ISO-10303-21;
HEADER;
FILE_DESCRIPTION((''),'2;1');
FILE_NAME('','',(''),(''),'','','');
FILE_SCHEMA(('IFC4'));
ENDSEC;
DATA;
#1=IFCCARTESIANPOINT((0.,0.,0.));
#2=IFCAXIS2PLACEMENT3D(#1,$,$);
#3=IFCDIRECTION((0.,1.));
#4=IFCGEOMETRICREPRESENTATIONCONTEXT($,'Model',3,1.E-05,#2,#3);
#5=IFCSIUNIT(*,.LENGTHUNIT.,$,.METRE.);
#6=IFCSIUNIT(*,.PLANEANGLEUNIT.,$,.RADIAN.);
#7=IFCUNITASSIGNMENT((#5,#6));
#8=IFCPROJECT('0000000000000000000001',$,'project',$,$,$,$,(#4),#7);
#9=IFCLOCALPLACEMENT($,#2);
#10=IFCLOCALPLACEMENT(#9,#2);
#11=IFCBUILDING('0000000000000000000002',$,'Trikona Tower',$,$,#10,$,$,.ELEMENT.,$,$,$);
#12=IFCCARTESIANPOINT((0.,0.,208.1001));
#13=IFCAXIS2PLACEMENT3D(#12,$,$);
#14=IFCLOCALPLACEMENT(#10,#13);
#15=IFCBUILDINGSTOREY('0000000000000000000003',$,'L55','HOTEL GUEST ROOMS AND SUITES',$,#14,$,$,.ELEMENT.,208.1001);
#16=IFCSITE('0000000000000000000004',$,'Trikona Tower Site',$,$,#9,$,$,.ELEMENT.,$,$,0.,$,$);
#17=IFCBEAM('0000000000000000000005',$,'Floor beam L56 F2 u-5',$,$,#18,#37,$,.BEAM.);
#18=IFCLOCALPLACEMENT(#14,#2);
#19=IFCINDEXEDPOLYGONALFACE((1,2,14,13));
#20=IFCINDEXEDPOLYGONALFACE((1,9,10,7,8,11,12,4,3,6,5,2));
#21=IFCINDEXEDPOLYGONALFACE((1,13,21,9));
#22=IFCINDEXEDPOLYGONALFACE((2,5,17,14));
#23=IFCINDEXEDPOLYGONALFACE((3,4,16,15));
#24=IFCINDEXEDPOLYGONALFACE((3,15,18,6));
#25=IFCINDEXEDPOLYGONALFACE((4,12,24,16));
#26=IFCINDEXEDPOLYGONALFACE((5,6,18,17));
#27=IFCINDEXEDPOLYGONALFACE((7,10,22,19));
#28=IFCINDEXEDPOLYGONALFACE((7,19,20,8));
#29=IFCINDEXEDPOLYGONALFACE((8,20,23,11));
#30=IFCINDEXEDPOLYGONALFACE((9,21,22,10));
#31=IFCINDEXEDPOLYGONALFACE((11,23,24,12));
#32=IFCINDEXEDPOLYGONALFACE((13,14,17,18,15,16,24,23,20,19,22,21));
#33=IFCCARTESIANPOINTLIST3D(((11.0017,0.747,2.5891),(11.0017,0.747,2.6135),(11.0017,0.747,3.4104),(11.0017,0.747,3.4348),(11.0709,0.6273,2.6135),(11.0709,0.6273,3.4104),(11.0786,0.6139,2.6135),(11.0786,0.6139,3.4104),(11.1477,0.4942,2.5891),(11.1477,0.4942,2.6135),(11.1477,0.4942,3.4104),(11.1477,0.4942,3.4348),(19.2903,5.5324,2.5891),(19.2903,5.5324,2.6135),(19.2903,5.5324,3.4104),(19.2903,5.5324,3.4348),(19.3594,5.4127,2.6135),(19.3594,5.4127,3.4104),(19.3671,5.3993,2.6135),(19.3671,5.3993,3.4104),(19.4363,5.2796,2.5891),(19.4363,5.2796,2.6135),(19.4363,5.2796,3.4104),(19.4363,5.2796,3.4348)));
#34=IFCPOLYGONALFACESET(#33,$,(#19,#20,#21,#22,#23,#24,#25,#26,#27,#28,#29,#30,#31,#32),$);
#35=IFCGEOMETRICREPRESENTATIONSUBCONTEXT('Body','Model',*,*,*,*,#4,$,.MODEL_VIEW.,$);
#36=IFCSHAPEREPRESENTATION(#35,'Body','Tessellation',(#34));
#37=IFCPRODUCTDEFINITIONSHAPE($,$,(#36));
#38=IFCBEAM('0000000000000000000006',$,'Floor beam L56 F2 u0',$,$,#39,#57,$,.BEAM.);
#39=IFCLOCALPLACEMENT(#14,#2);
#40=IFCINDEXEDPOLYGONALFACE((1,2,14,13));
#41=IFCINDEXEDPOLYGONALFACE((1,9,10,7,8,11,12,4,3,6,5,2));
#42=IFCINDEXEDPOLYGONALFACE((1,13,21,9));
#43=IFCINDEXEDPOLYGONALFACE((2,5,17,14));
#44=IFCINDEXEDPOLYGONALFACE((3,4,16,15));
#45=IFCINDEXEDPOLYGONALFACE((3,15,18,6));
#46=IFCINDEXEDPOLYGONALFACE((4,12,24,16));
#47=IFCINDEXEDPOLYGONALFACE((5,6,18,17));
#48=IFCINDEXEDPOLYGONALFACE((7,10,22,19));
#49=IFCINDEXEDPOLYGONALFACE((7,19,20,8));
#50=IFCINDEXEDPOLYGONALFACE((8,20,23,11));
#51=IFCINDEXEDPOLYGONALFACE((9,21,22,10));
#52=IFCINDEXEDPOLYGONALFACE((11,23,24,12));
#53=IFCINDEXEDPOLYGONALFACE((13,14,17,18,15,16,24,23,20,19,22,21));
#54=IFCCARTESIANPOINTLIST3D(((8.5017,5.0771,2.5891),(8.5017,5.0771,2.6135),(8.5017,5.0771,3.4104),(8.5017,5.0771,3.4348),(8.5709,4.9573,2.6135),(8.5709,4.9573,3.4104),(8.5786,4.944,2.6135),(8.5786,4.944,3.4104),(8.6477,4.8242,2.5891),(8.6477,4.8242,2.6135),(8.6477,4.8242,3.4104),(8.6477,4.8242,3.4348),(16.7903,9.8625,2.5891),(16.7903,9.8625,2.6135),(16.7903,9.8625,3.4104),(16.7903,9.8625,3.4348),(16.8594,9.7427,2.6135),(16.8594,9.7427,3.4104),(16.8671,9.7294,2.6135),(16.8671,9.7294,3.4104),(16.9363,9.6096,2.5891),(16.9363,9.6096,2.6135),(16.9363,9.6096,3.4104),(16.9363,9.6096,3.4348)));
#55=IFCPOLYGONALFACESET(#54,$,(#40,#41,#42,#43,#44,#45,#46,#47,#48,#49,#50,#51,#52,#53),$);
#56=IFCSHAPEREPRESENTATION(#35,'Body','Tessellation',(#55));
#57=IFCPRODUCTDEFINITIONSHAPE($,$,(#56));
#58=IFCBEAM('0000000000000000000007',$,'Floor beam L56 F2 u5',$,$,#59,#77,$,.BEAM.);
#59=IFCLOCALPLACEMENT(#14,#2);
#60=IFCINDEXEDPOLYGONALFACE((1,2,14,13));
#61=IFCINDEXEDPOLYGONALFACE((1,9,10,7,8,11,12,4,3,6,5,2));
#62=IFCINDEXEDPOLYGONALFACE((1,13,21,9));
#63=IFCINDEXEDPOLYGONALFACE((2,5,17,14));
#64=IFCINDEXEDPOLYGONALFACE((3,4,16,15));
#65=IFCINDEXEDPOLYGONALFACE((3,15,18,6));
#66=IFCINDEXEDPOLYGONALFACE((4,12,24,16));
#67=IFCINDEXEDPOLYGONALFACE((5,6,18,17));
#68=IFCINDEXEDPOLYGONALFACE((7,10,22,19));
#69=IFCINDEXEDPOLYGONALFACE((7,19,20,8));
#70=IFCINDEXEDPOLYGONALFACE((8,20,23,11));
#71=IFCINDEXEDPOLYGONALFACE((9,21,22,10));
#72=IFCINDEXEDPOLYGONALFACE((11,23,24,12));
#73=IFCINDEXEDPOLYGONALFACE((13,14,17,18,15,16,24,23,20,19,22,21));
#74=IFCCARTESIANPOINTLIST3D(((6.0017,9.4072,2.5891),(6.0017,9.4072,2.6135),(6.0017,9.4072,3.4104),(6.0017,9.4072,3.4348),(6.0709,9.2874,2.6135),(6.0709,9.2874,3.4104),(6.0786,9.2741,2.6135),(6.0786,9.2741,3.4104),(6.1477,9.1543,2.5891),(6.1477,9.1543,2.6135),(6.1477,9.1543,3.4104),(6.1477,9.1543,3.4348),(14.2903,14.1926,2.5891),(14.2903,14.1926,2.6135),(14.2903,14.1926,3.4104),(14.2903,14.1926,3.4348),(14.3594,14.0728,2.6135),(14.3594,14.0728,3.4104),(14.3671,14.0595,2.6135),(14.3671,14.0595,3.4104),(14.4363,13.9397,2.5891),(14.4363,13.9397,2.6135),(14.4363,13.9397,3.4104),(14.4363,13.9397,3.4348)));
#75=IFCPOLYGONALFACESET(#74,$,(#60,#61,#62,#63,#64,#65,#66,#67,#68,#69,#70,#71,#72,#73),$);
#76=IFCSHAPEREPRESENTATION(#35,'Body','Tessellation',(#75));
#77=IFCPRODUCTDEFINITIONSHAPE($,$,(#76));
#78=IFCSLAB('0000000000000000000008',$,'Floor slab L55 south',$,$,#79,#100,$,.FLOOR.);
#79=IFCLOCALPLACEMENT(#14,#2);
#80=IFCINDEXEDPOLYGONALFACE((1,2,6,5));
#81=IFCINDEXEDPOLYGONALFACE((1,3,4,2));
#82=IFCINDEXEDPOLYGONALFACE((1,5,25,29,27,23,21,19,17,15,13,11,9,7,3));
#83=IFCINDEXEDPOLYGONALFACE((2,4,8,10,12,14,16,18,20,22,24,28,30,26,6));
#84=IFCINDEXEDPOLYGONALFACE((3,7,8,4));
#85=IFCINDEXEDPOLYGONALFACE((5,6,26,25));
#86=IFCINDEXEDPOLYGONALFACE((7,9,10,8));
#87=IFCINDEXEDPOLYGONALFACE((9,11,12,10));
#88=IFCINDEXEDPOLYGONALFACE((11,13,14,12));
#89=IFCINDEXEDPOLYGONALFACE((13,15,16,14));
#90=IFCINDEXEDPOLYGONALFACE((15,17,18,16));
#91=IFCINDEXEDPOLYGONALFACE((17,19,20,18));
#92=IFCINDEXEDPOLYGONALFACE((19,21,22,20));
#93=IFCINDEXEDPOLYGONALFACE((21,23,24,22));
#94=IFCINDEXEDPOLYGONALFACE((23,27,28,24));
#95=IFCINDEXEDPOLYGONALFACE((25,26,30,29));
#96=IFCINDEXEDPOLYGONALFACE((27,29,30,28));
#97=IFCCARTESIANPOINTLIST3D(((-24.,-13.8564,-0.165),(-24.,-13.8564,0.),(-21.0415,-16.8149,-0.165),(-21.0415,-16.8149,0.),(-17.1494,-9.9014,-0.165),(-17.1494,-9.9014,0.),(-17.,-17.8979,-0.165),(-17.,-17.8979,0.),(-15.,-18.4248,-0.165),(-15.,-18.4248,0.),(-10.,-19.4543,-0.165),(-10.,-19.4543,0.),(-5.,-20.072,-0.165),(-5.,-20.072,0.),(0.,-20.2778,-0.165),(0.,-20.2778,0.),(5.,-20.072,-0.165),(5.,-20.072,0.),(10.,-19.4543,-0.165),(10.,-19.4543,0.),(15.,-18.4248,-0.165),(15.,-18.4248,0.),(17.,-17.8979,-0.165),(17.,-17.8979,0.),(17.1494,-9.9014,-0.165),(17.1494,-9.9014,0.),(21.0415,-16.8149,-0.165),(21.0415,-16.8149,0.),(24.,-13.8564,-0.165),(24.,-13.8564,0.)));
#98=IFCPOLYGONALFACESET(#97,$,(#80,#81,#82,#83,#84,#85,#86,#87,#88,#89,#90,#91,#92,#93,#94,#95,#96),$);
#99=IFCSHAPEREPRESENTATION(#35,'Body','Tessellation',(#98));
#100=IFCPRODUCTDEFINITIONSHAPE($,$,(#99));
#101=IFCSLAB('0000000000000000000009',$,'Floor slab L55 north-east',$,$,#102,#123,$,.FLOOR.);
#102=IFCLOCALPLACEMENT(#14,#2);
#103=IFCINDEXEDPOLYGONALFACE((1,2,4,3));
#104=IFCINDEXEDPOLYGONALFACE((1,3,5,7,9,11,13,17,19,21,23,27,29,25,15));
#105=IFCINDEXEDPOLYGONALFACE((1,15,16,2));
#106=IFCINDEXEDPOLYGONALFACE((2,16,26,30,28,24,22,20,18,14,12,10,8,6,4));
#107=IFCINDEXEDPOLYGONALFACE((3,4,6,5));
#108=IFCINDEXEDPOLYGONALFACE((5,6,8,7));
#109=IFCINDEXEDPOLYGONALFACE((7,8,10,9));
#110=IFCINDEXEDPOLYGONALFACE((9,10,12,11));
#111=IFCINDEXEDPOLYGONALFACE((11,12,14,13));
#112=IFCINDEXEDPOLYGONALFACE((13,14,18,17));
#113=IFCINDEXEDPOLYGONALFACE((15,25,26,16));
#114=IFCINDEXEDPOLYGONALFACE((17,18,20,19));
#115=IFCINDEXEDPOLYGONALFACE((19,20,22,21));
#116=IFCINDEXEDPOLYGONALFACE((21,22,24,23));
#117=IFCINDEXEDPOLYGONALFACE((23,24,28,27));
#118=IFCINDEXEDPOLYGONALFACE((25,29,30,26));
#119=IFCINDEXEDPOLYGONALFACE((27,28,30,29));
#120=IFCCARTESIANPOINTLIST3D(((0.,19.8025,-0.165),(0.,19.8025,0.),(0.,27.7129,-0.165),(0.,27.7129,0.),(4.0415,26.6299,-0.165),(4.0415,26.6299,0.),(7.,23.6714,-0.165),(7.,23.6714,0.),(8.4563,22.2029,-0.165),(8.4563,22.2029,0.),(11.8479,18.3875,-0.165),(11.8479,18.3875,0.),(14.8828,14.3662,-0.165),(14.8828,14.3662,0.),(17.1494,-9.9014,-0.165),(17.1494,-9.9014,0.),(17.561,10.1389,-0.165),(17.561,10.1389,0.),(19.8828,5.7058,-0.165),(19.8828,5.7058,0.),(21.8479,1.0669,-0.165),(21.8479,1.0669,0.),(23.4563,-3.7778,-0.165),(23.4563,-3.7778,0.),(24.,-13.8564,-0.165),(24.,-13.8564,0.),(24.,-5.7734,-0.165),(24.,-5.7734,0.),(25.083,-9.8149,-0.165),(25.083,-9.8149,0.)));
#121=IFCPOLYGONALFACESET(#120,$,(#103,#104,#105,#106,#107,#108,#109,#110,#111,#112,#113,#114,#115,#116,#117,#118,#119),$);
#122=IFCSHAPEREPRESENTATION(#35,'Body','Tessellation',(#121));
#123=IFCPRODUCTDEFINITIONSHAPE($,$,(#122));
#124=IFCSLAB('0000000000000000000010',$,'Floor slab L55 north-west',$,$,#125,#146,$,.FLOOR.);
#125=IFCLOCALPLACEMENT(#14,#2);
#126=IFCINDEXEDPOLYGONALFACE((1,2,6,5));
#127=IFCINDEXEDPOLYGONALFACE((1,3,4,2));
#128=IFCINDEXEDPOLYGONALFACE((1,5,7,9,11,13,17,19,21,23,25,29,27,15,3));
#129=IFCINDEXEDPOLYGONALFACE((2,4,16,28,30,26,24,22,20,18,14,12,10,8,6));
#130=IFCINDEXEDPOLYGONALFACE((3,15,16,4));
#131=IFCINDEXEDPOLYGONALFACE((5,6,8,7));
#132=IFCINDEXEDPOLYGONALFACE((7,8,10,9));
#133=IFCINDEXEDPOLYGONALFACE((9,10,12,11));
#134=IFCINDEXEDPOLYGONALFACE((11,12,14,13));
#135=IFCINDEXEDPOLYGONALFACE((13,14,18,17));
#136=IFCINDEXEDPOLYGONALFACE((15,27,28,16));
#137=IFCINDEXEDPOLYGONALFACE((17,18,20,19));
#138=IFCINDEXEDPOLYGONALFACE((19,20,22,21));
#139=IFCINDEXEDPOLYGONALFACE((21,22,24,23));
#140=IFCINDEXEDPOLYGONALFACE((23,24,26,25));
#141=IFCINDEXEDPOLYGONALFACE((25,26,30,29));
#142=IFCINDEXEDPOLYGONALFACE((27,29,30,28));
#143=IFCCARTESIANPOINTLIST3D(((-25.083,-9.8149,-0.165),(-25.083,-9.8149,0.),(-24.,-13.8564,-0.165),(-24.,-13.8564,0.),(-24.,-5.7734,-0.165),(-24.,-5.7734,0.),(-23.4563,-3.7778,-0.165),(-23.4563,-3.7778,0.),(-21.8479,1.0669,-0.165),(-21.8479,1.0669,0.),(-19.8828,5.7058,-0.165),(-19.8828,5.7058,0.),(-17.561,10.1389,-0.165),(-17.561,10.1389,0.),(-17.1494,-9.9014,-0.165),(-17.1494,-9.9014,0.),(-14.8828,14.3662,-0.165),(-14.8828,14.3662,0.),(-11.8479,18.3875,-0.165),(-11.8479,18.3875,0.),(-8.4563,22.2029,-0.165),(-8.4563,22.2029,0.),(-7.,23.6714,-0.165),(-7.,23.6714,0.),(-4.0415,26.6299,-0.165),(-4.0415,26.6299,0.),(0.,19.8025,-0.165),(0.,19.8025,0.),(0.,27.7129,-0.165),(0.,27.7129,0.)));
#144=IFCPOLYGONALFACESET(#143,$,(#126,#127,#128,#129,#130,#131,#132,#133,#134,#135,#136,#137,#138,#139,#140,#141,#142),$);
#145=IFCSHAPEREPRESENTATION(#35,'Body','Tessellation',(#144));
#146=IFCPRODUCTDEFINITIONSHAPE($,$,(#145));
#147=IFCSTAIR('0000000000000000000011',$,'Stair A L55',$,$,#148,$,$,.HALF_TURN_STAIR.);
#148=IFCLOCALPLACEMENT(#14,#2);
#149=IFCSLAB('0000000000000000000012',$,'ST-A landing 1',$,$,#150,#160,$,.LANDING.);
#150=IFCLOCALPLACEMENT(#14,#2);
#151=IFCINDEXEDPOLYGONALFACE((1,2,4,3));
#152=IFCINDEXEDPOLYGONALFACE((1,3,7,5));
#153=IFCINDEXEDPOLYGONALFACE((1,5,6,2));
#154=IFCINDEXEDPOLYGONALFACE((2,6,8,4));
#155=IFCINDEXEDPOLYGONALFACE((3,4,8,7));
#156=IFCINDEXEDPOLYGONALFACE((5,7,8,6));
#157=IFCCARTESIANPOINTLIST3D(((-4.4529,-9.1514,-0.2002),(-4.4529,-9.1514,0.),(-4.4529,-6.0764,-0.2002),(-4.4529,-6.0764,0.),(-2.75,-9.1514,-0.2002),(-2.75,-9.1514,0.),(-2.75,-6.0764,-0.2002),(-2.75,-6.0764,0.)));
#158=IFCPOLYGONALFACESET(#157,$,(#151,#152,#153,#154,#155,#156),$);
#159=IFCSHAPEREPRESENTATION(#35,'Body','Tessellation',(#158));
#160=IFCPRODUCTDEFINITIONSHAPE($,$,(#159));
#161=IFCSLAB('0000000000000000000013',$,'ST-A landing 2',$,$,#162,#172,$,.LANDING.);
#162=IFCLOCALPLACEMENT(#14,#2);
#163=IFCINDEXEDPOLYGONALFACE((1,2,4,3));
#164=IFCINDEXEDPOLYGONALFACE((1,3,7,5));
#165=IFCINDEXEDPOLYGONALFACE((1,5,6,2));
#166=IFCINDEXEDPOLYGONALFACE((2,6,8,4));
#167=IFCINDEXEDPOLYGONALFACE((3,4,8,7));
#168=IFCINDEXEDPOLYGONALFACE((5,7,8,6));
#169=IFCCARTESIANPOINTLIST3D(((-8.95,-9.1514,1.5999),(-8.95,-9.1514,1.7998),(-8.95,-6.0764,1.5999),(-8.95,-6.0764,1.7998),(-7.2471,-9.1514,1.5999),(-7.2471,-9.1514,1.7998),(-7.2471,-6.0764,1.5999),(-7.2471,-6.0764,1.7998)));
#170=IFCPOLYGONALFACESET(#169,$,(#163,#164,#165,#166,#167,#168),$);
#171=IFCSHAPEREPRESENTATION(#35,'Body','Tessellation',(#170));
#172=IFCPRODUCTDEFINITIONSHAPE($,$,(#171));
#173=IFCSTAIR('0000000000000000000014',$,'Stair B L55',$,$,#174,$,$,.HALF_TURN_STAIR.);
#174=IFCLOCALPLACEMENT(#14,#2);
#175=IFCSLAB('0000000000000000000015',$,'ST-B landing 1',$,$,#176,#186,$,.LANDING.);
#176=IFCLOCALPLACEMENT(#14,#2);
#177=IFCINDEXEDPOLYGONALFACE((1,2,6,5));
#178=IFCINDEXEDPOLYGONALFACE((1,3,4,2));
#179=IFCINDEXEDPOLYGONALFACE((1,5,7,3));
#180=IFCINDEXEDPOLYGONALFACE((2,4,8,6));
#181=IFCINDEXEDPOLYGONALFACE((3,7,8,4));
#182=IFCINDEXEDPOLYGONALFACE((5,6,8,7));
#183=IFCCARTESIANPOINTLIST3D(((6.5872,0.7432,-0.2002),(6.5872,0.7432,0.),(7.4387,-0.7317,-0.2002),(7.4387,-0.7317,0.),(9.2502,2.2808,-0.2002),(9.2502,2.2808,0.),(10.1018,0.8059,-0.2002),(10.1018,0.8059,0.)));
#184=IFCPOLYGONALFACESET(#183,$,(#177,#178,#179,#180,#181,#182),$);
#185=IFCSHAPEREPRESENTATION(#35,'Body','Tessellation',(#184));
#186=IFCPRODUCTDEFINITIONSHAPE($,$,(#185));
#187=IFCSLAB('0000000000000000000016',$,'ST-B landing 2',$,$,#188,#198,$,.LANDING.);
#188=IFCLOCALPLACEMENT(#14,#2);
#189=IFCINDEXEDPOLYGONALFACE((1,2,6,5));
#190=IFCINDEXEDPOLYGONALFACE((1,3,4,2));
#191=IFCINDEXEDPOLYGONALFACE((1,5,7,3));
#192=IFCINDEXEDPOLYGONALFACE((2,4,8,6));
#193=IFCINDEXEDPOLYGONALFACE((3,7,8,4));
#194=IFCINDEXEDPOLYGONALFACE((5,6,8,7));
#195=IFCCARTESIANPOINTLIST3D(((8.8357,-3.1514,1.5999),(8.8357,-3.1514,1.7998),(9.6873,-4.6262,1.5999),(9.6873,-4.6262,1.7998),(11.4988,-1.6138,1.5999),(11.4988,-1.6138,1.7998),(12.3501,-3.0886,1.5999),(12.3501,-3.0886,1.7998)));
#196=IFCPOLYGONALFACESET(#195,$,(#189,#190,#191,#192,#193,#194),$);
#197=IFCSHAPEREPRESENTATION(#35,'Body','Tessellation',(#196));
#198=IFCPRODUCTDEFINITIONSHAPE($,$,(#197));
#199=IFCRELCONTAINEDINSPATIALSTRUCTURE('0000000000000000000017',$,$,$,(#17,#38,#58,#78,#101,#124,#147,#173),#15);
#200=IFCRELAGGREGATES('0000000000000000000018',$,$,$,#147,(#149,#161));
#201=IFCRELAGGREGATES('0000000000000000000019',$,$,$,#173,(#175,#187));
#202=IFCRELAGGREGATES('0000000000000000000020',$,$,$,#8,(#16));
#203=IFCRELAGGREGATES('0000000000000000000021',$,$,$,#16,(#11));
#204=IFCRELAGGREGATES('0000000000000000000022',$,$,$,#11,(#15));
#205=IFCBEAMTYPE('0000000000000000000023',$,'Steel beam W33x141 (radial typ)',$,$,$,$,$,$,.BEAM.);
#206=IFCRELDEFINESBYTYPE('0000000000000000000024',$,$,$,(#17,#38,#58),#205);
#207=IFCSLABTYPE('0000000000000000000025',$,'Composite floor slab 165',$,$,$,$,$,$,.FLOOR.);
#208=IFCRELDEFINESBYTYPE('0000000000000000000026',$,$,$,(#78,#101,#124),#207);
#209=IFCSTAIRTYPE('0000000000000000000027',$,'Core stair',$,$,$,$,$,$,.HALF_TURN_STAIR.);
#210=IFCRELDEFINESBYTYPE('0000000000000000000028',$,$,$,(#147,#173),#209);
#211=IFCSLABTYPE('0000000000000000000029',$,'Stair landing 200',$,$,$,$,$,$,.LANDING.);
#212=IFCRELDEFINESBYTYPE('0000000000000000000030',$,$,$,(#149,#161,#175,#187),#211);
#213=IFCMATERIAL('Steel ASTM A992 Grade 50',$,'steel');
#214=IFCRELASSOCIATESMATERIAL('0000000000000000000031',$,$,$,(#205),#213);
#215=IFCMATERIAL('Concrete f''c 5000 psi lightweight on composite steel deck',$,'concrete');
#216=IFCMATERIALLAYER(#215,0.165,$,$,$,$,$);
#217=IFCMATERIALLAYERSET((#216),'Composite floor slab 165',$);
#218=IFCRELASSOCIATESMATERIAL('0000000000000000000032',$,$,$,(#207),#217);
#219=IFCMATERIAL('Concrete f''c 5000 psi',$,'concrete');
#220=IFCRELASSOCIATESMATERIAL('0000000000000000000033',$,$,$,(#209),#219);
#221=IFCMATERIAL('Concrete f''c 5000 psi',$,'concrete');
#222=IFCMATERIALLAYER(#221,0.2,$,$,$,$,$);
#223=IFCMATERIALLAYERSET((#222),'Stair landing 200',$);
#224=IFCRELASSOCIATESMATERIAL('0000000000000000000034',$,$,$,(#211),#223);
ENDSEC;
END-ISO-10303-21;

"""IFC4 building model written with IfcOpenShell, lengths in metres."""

from ifc_helpers import new_model, si_unit, direction, frame, origin, origin_2d, place, context, subcontext, project, spatial, polyline, i_section, outline, extrude, material, layer, layer_set, material_profile, profile_set, type_object, element, aggregate, save


model = new_model("IFC4")

# Units and contexts
model_context = context("Model", 3, precision=1e-05, world=origin(), true_north=direction((0.0, 1.0)))
body_context = subcontext(model_context, "Body", "Model", "MODEL_VIEW")
ifc_project = project(units=[si_unit("LENGTHUNIT", "METRE"), si_unit("PLANEANGLEUNIT", "RADIAN")], contexts=[model_context])

# Site, building, storey
site_placement = place(None, origin())
site = spatial("IfcSite", under=ifc_project, at=site_placement, Name="Trikona Tower Site", CompositionType="ELEMENT", RefElevation=0.0)
building_placement = place(site_placement, origin())
building = spatial("IfcBuilding", under=site, at=building_placement, Name="Trikona Tower", CompositionType="ELEMENT")
storey_placement = place(building_placement, frame((0.0, 0.0, 208.1001)))
storey = spatial("IfcBuildingStorey", under=building, at=storey_placement, Name="L55", Description="HOTEL GUEST ROOMS AND SUITES", CompositionType="ELEMENT", Elevation=208.1001)

# Beams
ifc_material_1 = material(Name="Steel ASTM A992 Grade 50", Category="steel")
ifc_material_profile = material_profile(ifc_material_1, i_section(OverallWidth=0.292, OverallDepth=0.8457, WebThickness=0.0154, FlangeThickness=0.0244, at=origin_2d()), Name="W33X141")
ifc_profile_set = profile_set([ifc_material_profile], Name="Steel ASTM A992 Grade 50")
beam_type = type_object("IfcBeamType", Name="Steel beam W33x141 (radial typ)", PredefinedType="BEAM", material=ifc_profile_set)
for number, where, z_axis, x_axis, name in (
    (1, (11.0747, 0.6206, 3.012), (0.866026, 0.499999, 0.0), (-0.499999, 0.866026, 0.0), "Floor beam L56 F2 u-5"),
    (2, (8.5747, 4.9507, 3.012), (0.866026, 0.499999, 0.0), (-0.499999, 0.866026, 0.0), "Floor beam L56 F2 u0"),
    (3, (6.0747, 9.2808, 3.012), (0.866026, 0.499999, 0.0), (-0.499999, 0.866026, 0.0), "Floor beam L56 F2 u5"),
):
    element("IfcBeam", number, at=place(storey_placement, frame(where, z_axis=z_axis, x_axis=x_axis)), inside=storey, type_object=beam_type, Name=name, PredefinedType="BEAM", context=body_context, shape_type="SweptSolid", body=[
        extrude(i_section(OverallWidth=0.292, OverallDepth=0.8457, WebThickness=0.0154, FlangeThickness=0.0244, at=origin_2d()), origin(), (0.0, 0.0, 1.0), 9.5708),
    ])

# Slabs
ifc_material_2 = material(Name="Concrete f'c 5000 psi lightweight on composite steel deck", Category="concrete")
ifc_layer_1 = layer(ifc_material_2, 0.165)
ifc_layer_set_1 = layer_set([ifc_layer_1], Name="Composite floor slab 165")
slab_type_1 = type_object("IfcSlabType", Name="Composite floor slab 165", PredefinedType="FLOOR", material=ifc_layer_set_1)
slab_1_placement = place(storey_placement, frame((0.0, 0.0, -0.165)))
element("IfcSlab", 4, at=slab_1_placement, inside=storey, type_object=slab_type_1, Name="Floor slab L55 south", PredefinedType="FLOOR", context=body_context, shape_type="SweptSolid", body=[
    extrude(outline(polyline([(21.0415, -16.8149), (24.0, -13.8564), (17.1494, -9.9014), (-17.1494, -9.9014), (-24.0, -13.8564), (-21.0415, -16.8149), (-17.0, -17.8979), (-15.0, -18.4248), (-10.0, -19.4543), (-5.0, -20.072), (0.0, -20.2778), (5.0, -20.072), (10.0, -19.4543), (15.0, -18.4248), (17.0, -17.8979), (21.0415, -16.8149)])), origin(), (0.0, 0.0, 1.0), 0.165),
])
slab_2_placement = place(storey_placement, frame((0.0, 0.0, -0.165)))
element("IfcSlab", 5, at=slab_2_placement, inside=storey, type_object=slab_type_1, Name="Floor slab L55 north-east", PredefinedType="FLOOR", context=body_context, shape_type="SweptSolid", body=[
    extrude(outline(polyline([(4.0415, 26.6299), (0.0, 27.7129), (0.0, 19.8025), (17.1494, -9.9014), (24.0, -13.8564), (25.083, -9.8149), (24.0, -5.7734), (23.4563, -3.7778), (21.8479, 1.0669), (19.8828, 5.7058), (17.561, 10.1389), (14.8828, 14.3662), (11.8479, 18.3875), (8.4563, 22.2029), (7.0, 23.6714), (4.0415, 26.6299)])), origin(), (0.0, 0.0, 1.0), 0.165),
])
slab_3_placement = place(storey_placement, frame((0.0, 0.0, -0.165)))
element("IfcSlab", 6, at=slab_3_placement, inside=storey, type_object=slab_type_1, Name="Floor slab L55 north-west", PredefinedType="FLOOR", context=body_context, shape_type="SweptSolid", body=[
    extrude(outline(polyline([(-7.0, 23.6714), (-8.4563, 22.2029), (-11.8479, 18.3875), (-14.8828, 14.3662), (-17.561, 10.1389), (-19.8828, 5.7058), (-21.8479, 1.0669), (-23.4563, -3.7778), (-24.0, -5.7734), (-25.083, -9.8149), (-24.0, -13.8564), (-17.1494, -9.9014), (0.0, 19.8025), (0.0, 27.7129), (-4.0415, 26.6299), (-7.0, 23.6714)])), origin(), (0.0, 0.0, 1.0), 0.165),
])

# Stairs, slabs
ifc_material_3 = material(Name="Concrete f'c 5000 psi", Category="concrete")
stair_type = type_object("IfcStairType", Name="Core stair", PredefinedType="HALF_TURN_STAIR", material=ifc_material_3)
stair_1_placement = place(storey_placement, origin())
stair_1 = element("IfcStair", 7, at=stair_1_placement, inside=storey, type_object=stair_type, Name="Stair A L55", PredefinedType="HALF_TURN_STAIR")
ifc_material_4 = material(Name="Concrete f'c 5000 psi", Category="concrete")
ifc_layer_2 = layer(ifc_material_4, 0.2)
ifc_layer_set_2 = layer_set([ifc_layer_2], Name="Stair landing 200")
slab_type_2 = type_object("IfcSlabType", Name="Stair landing 200", PredefinedType="LANDING", material=ifc_layer_set_2)
slab_4_placement = place(storey_placement, frame((0.0, 0.0, -0.2002)))
slab_4 = element("IfcSlab", 8, at=slab_4_placement, type_object=slab_type_2, Name="ST-A landing 1", PredefinedType="LANDING", context=body_context, shape_type="SweptSolid", body=[
    extrude(outline(polyline([(-4.4529, -6.0764), (-2.75, -6.0764), (-2.75, -9.1514), (-4.4529, -9.1514), (-4.4529, -6.0764)])), origin(), (0.0, 0.0, 1.0), 0.2002),
])
slab_5_placement = place(storey_placement, frame((0.0, 0.0, 1.5999)))
slab_5 = element("IfcSlab", 9, at=slab_5_placement, type_object=slab_type_2, Name="ST-A landing 2", PredefinedType="LANDING", context=body_context, shape_type="SweptSolid", body=[
    extrude(outline(polyline([(-8.95, -6.0764), (-7.2471, -6.0764), (-7.2471, -9.1514), (-8.95, -9.1514), (-8.95, -6.0764)])), origin(), (0.0, 0.0, 1.0), 0.2),
])
aggregate(stair_1, [slab_4, slab_5])
stair_2_placement = place(storey_placement, origin())
stair_2 = element("IfcStair", 10, at=stair_2_placement, inside=storey, type_object=stair_type, Name="Stair B L55", PredefinedType="HALF_TURN_STAIR")
slab_6_placement = place(storey_placement, frame((0.0, 0.0, -0.2002)))
slab_6 = element("IfcSlab", 11, at=slab_6_placement, type_object=slab_type_2, Name="ST-B landing 1", PredefinedType="LANDING", context=body_context, shape_type="SweptSolid", body=[
    extrude(outline(polyline([(7.4387, -0.7317), (6.5872, 0.7432), (9.2502, 2.2808), (10.1018, 0.8059), (7.4387, -0.7317)])), origin(), (0.0, 0.0, 1.0), 0.2002),
])
slab_7_placement = place(storey_placement, frame((0.0, 0.0, 1.5999)))
slab_7 = element("IfcSlab", 12, at=slab_7_placement, type_object=slab_type_2, Name="ST-B landing 2", PredefinedType="LANDING", context=body_context, shape_type="SweptSolid", body=[
    extrude(outline(polyline([(9.6873, -4.6262), (8.8357, -3.1514), (11.4988, -1.6138), (12.3501, -3.0886), (9.6873, -4.6262)])), origin(), (0.0, 0.0, 1.0), 0.2),
])

aggregate(stair_2, [slab_6, slab_7])

save(model, "model.ifc")
